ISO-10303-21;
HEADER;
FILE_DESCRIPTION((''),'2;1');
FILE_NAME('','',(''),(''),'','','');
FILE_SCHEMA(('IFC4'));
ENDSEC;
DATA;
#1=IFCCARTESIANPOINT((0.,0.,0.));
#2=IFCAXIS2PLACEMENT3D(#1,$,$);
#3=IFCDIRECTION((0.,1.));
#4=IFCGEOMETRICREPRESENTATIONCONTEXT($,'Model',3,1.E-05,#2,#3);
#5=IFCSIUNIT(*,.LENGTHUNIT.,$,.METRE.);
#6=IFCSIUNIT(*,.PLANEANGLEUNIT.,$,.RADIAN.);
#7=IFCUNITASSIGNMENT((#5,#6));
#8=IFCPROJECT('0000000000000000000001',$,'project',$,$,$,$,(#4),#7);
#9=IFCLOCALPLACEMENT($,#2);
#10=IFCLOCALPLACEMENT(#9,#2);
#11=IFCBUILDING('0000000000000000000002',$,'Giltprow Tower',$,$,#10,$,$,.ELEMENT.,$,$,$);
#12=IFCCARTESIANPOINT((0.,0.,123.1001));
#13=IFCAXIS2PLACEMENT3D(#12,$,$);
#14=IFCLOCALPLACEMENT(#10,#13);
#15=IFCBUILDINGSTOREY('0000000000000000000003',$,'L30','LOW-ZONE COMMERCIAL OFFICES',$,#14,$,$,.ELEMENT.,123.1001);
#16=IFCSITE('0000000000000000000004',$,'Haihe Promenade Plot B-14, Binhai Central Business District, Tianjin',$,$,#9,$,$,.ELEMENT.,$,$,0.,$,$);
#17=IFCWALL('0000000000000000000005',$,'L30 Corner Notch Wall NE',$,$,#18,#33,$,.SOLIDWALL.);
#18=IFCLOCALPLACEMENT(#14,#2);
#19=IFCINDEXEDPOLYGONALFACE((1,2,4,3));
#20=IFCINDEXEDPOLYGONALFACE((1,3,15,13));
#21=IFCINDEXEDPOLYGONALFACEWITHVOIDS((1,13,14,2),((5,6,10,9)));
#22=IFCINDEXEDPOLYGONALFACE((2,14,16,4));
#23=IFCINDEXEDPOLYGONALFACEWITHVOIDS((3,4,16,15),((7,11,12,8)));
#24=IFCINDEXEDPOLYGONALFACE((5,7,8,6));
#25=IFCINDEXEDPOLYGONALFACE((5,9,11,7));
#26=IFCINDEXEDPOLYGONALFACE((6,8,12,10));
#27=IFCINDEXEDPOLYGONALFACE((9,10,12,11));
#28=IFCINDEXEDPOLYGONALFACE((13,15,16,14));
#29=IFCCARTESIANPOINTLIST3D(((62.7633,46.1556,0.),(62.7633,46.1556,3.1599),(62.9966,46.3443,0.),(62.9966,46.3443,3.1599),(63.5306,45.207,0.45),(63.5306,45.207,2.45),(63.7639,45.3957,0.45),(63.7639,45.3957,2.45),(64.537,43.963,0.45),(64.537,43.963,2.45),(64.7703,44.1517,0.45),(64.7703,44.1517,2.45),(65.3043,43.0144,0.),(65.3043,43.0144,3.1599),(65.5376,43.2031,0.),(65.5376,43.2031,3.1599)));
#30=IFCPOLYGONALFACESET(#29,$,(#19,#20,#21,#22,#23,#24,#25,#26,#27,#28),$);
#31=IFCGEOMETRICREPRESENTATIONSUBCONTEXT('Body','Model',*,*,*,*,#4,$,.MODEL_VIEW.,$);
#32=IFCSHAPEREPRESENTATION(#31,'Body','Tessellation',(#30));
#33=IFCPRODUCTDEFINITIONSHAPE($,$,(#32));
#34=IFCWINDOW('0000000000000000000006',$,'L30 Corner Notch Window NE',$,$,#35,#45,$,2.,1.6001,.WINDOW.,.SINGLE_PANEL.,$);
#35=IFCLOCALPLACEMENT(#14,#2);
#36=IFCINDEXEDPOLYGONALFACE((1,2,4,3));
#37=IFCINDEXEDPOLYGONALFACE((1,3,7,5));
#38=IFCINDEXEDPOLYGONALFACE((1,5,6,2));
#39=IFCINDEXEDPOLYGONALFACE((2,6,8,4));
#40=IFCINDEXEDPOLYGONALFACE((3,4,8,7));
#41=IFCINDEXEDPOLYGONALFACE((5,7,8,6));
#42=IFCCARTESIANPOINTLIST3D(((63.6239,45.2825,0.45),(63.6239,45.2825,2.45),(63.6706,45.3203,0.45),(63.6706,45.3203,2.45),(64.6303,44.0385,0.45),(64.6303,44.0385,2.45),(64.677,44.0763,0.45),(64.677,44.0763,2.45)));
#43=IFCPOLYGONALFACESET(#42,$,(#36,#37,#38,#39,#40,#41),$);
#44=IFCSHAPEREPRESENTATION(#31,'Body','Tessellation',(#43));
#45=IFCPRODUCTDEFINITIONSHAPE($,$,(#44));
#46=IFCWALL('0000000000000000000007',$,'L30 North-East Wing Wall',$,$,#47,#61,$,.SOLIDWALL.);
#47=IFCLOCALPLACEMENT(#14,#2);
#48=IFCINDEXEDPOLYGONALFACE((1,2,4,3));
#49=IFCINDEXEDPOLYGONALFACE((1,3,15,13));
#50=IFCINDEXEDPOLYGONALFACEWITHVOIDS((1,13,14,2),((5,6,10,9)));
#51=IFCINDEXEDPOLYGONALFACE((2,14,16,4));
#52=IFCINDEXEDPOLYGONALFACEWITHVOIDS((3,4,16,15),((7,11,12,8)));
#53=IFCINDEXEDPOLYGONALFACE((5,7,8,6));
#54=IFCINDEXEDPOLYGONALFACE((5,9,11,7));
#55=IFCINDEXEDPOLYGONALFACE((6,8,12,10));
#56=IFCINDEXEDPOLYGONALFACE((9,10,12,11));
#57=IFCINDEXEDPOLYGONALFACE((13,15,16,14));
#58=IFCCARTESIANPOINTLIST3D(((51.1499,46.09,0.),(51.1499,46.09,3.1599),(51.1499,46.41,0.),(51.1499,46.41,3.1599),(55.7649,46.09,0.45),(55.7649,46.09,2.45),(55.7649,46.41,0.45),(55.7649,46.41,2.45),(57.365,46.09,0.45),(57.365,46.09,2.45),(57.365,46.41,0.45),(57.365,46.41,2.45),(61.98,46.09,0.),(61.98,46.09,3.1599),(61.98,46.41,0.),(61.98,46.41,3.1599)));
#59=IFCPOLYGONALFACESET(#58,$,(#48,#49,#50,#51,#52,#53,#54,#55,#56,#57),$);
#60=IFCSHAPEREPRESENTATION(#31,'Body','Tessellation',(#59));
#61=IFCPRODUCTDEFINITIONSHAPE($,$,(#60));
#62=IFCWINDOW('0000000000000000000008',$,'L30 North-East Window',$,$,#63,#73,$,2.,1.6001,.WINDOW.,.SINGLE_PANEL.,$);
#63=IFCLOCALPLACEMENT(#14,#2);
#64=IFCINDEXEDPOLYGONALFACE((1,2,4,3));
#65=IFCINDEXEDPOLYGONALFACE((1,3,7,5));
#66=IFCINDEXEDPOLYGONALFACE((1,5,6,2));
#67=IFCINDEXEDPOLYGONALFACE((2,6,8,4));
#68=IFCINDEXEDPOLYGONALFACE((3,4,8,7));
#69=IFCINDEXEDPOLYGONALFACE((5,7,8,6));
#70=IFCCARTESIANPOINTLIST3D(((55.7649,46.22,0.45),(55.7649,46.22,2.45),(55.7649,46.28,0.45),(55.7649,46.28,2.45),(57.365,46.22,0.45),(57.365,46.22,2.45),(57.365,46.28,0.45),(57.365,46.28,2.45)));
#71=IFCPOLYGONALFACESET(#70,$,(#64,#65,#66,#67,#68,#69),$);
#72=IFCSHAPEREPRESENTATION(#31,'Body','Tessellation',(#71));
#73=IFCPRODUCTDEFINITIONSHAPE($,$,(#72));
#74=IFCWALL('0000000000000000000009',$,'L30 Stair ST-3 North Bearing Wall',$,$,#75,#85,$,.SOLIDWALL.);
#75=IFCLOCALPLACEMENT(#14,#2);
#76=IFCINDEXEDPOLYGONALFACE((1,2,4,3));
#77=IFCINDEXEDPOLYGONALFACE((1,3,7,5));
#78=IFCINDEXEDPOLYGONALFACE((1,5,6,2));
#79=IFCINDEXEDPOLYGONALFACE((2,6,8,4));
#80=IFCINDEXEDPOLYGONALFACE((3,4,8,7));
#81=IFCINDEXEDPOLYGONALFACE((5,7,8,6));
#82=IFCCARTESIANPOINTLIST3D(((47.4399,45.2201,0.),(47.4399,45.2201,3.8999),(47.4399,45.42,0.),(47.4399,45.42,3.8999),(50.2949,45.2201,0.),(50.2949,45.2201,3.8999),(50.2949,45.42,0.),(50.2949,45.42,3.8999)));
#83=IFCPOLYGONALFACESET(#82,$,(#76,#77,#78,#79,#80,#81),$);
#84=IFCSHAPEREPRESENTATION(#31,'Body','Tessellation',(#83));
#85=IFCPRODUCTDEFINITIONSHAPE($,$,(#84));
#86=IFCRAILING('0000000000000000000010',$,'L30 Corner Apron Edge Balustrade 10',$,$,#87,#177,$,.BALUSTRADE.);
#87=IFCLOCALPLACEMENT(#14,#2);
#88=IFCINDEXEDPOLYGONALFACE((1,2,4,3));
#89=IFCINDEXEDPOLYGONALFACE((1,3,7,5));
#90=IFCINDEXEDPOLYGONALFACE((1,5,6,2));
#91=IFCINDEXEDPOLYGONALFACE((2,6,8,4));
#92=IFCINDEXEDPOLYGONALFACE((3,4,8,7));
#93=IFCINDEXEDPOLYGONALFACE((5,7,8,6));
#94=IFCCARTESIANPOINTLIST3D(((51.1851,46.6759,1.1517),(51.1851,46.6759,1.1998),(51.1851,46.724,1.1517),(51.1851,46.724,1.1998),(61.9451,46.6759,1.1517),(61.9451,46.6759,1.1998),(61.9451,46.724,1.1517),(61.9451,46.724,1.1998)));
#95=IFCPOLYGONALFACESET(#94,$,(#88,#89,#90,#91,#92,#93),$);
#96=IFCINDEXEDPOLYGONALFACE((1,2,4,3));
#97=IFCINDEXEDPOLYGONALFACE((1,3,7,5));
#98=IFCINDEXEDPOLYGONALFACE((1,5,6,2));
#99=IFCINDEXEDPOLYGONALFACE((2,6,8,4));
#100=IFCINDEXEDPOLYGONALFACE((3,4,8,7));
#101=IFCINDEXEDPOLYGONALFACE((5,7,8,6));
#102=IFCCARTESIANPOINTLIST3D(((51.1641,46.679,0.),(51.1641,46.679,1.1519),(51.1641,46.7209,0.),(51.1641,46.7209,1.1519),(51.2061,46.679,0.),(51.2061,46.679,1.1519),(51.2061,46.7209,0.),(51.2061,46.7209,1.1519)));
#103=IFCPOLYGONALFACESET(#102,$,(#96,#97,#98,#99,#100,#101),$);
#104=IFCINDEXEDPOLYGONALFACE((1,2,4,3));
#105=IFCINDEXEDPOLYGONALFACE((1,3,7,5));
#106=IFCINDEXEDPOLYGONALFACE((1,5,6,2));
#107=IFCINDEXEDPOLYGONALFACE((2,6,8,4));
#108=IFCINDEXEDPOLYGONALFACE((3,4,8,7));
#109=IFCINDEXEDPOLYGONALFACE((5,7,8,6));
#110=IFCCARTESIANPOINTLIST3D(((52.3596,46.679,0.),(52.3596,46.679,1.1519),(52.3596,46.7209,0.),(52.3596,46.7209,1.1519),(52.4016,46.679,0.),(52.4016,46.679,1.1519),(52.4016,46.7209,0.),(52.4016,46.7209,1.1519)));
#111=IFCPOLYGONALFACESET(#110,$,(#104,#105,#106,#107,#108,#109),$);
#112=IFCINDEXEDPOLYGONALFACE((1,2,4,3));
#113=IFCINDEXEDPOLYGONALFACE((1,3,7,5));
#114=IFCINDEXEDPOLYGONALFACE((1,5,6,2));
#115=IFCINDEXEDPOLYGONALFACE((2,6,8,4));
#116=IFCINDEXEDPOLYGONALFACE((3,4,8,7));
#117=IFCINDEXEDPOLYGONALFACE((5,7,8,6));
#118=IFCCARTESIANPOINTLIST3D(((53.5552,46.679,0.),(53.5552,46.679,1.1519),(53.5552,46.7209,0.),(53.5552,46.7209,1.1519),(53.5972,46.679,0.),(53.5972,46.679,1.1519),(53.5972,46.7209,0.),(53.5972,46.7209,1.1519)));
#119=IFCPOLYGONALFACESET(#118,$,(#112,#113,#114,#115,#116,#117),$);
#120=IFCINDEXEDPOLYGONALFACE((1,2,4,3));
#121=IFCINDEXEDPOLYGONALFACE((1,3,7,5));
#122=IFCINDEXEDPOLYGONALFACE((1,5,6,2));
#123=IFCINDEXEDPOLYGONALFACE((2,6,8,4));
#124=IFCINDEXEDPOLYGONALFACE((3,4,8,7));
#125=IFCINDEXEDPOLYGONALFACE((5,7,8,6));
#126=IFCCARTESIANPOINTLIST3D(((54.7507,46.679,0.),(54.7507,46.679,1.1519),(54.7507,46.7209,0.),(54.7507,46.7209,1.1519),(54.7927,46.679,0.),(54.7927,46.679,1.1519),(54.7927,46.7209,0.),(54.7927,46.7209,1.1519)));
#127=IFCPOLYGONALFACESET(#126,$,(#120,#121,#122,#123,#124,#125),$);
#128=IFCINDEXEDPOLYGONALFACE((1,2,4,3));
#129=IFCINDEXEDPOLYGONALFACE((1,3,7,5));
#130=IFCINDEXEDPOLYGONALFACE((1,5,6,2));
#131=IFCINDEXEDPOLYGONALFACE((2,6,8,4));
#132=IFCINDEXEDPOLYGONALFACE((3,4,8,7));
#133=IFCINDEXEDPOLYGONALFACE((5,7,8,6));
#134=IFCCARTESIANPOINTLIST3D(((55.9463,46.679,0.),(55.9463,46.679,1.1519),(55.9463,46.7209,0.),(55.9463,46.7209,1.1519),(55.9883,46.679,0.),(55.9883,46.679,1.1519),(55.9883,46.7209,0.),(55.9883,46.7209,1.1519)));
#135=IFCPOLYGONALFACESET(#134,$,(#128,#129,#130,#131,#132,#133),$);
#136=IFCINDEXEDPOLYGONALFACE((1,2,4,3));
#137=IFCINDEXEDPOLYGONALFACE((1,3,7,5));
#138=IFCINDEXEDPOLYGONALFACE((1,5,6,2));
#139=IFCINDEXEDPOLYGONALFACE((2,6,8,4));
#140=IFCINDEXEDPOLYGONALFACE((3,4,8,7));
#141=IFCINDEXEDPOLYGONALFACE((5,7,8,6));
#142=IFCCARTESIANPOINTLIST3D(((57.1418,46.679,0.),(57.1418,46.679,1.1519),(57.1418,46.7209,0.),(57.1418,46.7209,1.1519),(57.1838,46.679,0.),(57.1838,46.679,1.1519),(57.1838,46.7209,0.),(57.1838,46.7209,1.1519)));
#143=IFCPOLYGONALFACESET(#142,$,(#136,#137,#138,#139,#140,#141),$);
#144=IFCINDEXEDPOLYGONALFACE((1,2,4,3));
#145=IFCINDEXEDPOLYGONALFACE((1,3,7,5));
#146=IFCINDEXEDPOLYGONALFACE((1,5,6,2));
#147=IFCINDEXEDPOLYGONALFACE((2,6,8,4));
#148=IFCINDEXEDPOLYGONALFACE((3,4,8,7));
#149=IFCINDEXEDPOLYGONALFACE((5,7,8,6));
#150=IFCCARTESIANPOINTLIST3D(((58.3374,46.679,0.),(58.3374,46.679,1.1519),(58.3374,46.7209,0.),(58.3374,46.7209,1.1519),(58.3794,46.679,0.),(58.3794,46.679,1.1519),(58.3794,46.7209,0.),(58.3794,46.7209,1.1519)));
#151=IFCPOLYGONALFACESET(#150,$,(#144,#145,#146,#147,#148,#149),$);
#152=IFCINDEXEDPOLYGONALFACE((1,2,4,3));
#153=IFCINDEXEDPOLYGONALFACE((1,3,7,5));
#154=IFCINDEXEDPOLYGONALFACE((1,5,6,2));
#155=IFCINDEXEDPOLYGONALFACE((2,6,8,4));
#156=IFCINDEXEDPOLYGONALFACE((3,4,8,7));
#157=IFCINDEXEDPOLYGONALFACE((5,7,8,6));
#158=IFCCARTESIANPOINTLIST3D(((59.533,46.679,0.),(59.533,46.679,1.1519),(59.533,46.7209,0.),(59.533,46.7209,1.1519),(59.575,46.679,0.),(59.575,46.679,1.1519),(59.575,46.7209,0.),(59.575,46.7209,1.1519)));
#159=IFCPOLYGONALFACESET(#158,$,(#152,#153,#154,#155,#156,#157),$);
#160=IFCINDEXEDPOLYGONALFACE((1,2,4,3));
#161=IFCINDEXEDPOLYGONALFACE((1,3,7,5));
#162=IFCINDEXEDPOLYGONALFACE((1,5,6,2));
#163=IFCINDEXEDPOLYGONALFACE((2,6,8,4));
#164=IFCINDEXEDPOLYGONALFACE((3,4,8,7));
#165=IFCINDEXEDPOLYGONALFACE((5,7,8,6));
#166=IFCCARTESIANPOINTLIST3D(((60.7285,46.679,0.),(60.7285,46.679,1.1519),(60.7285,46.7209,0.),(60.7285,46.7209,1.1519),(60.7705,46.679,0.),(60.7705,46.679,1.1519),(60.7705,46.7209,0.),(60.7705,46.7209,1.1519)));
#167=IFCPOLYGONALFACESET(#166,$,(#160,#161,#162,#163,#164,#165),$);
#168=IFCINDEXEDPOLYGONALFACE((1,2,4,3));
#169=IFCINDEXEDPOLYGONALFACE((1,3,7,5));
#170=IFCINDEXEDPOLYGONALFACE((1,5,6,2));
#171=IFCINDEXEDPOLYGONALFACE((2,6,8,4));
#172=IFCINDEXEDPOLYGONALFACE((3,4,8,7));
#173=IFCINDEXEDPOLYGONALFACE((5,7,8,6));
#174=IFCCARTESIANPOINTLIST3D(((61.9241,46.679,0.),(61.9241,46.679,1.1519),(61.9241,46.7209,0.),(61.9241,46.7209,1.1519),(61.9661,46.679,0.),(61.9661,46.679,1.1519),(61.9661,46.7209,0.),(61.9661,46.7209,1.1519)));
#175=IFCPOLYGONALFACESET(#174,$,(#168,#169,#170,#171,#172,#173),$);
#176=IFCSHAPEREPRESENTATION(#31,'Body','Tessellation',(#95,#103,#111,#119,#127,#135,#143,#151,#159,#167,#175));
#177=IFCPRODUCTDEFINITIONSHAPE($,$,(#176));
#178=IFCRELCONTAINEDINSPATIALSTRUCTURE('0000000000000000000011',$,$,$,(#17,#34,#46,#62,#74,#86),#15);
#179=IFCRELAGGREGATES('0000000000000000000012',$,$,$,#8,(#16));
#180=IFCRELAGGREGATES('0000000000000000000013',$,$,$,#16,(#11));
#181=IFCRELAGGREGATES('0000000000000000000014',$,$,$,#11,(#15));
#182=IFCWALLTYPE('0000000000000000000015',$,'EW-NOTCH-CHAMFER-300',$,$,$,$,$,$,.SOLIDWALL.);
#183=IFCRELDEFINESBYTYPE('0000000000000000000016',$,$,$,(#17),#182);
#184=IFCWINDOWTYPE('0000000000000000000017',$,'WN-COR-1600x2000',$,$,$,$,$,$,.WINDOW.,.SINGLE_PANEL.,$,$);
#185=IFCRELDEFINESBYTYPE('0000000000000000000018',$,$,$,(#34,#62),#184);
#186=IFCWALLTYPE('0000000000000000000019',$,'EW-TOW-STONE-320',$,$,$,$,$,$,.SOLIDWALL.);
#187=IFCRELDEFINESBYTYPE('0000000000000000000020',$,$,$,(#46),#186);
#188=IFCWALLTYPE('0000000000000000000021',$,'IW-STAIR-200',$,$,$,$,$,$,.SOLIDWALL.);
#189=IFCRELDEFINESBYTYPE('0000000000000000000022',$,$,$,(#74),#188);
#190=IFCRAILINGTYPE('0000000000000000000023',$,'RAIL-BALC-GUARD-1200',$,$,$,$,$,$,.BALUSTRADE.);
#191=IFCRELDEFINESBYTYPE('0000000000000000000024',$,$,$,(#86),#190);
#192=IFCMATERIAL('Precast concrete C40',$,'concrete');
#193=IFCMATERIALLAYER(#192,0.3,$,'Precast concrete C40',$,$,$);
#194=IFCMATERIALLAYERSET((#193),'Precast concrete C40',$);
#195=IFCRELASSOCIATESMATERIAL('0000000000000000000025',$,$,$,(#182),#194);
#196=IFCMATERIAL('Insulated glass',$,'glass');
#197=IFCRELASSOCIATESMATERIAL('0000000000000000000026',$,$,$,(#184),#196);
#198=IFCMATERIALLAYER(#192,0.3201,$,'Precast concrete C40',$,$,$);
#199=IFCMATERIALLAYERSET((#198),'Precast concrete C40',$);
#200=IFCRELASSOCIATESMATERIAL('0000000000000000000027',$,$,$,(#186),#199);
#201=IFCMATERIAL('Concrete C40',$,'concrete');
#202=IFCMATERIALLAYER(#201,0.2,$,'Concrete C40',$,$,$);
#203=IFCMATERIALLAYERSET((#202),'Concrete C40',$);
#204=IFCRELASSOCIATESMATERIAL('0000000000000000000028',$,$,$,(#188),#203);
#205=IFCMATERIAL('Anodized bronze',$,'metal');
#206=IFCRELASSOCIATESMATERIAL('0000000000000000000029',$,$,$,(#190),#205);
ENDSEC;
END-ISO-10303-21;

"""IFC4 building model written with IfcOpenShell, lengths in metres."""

from ifc_helpers import new_model, si_unit, direction, frame, frame_2d, origin, origin_2d, place, context, subcontext, project, spatial, rectangle, extrude, source, transform, mapped, material, layer, layer_set, type_object, element, fill, save


model = new_model("IFC4")

# Units and contexts
model_context = context("Model", 3, precision=1e-05, world=origin(), true_north=direction((0.0, 1.0)))
body_context = subcontext(model_context, "Body", "Model", "MODEL_VIEW")
ifc_project = project(units=[si_unit("LENGTHUNIT", "METRE"), si_unit("PLANEANGLEUNIT", "RADIAN")], contexts=[model_context])

# Site, building, storey
site_placement = place(None, origin())
site = spatial("IfcSite", under=ifc_project, at=site_placement, Name="Haihe Promenade Plot B-14, Binhai Central Business District, Tianjin", CompositionType="ELEMENT", RefElevation=0.0)
building_placement = place(site_placement, origin())
building = spatial("IfcBuilding", under=site, at=building_placement, Name="Giltprow Tower", CompositionType="ELEMENT")
storey_placement = place(building_placement, frame((0.0, 0.0, 123.1001)))
storey = spatial("IfcBuildingStorey", under=building, at=storey_placement, Name="L30", Description="LOW-ZONE COMMERCIAL OFFICES", CompositionType="ELEMENT", Elevation=123.1001)

# Walls, openings, windows
ifc_material_1 = material(Name="Precast concrete C40", Category="concrete")
ifc_layer_1 = layer(ifc_material_1, 0.3, Name="Precast concrete C40")
ifc_layer_set_1 = layer_set([ifc_layer_1], Name="Precast concrete C40")
wall_type_1 = type_object("IfcWallType", Name="EW-NOTCH-CHAMFER-300", PredefinedType="SOLIDWALL", material=ifc_layer_set_1)
wall_1_placement = place(storey_placement, frame((65.4209, 43.1089, 0.0), z_axis=(0.0, 0.0, 1.0), x_axis=(-0.62893, 0.777462, 0.0)))
wall_1 = element("IfcWall", 1, at=wall_1_placement, inside=storey, type_object=wall_type_1, Name="L30 Corner Notch Wall NE", PredefinedType="SOLIDWALL", context=body_context, shape_type="SweptSolid", body=[
    extrude(rectangle(XDim=4.0403, YDim=0.3, at=frame_2d((2.02, 0.0))), origin(), (0.0, 0.0, 1.0), 3.1599),
])
opening_1_placement = place(wall_1_placement, frame((1.22, 0.0, 0.45)))
opening_1 = element("IfcOpeningElement", 2, at=opening_1_placement, cuts=wall_1, PredefinedType="OPENING", context=body_context, shape_type="SweptSolid", body=[
    extrude(rectangle(XDim=1.6001, YDim=2.0, at=frame_2d((0.8, 1.0))), frame((0.0, 0.1599, 0.0), z_axis=(0.0, -1.0, 0.0), x_axis=(1.0, 0.0, 0.0)), (0.0, 0.0, 1.0), 0.3201),
])
ifc_material_2 = material(Name="Insulated glass", Category="glass")
window_type = type_object("IfcWindowType", Name="WN-COR-1600x2000", PartitioningType="SINGLE_PANEL", PredefinedType="WINDOW", material=ifc_material_2)
shared_shape_1 = source(origin(), body_context, "Body", "SweptSolid", [
    extrude(rectangle(XDim=1.6001, YDim=2.0, at=frame_2d((0.8, 1.0))), frame((0.0, 0.03, 0.0), z_axis=(0.0, -1.0, 0.0), x_axis=(1.0, 0.0, 0.0)), (0.0, 0.0, 1.0), 0.0601),
])
window_1_placement = place(opening_1_placement, origin())
window_1 = element("IfcWindow", 3, at=window_1_placement, inside=storey, type_object=window_type, Name="L30 Corner Notch Window NE", OverallHeight=2.0, OverallWidth=1.6001, PartitioningType="SINGLE_PANEL", PredefinedType="WINDOW", context=body_context, shape_type="MappedRepresentation", body=[
    mapped(shared_shape_1, transform((0.0, 0.0, 0.0), x_axis=(1.0, 0.0, 0.0), y_axis=(0.0, 1.0, 0.0), z_axis=(0.0, 0.0, 1.0), scale=1.0)),
])
fill(opening_1, window_1)
ifc_layer_2 = layer(ifc_material_1, 0.3201, Name="Precast concrete C40")
ifc_layer_set_2 = layer_set([ifc_layer_2], Name="Precast concrete C40")
wall_type_2 = type_object("IfcWallType", Name="EW-TOW-STONE-320", PredefinedType="SOLIDWALL", material=ifc_layer_set_2)
wall_2_placement = place(storey_placement, frame((51.1499, 46.25, 0.0), z_axis=(0.0, 0.0, 1.0), x_axis=(1.0, 0.0, 0.0)))
wall_2 = element("IfcWall", 4, at=wall_2_placement, inside=storey, type_object=wall_type_2, Name="L30 North-East Wing Wall", PredefinedType="SOLIDWALL", context=body_context, shape_type="SweptSolid", body=[
    extrude(rectangle(XDim=10.8301, YDim=0.3201, at=frame_2d((5.415, 0.0))), origin(), (0.0, 0.0, 1.0), 3.1599),
])
opening_2_placement = place(wall_2_placement, frame((4.615, 0.0, 0.45)))
opening_2 = element("IfcOpeningElement", 5, at=opening_2_placement, cuts=wall_2, PredefinedType="OPENING", context=body_context, shape_type="SweptSolid", body=[
    extrude(rectangle(XDim=1.6001, YDim=2.0, at=frame_2d((0.8, 1.0))), frame((0.0, 0.1699, 0.0), z_axis=(0.0, -1.0, 0.0), x_axis=(1.0, 0.0, 0.0)), (0.0, 0.0, 1.0), 0.3401),
])
window_2_placement = place(opening_2_placement, origin())
window_2 = element("IfcWindow", 6, at=window_2_placement, inside=storey, type_object=window_type, Name="L30 North-East Window", OverallHeight=2.0, OverallWidth=1.6001, PartitioningType="SINGLE_PANEL", PredefinedType="WINDOW", context=body_context, shape_type="MappedRepresentation", body=[
    mapped(shared_shape_1, transform((0.0, 0.0, 0.0), x_axis=(1.0, 0.0, 0.0), y_axis=(0.0, 1.0, 0.0), z_axis=(0.0, 0.0, 1.0), scale=1.0)),
])
fill(opening_2, window_2)

# Wall
ifc_material_3 = material(Name="Concrete C40", Category="concrete")
ifc_layer_3 = layer(ifc_material_3, 0.2, Name="Concrete C40")
ifc_layer_set_3 = layer_set([ifc_layer_3], Name="Concrete C40")
wall_type_3 = type_object("IfcWallType", Name="IW-STAIR-200", PredefinedType="SOLIDWALL", material=ifc_layer_set_3)
wall_3_placement = place(storey_placement, frame((47.4399, 45.3201, 0.0), z_axis=(0.0, 0.0, 1.0), x_axis=(1.0, 0.0, 0.0)))
element("IfcWall", 7, at=wall_3_placement, inside=storey, type_object=wall_type_3, Name="L30 Stair ST-3 North Bearing Wall", PredefinedType="SOLIDWALL", context=body_context, shape_type="SweptSolid", body=[
    extrude(rectangle(XDim=2.855, YDim=0.2, at=frame_2d((1.4275, 0.0))), origin(), (0.0, 0.0, 1.0), 3.8999),
])

# Railing
ifc_material_4 = material(Name="Anodized bronze", Category="metal")
railing_type_1 = type_object("IfcRailingType", Name="RAIL-BALC-GUARD-1200", PredefinedType="BALUSTRADE", material=ifc_material_4)
railing_1_placement = place(storey_placement, frame((51.1851, 46.7, 0.0)))
element("IfcRailing", 8, at=railing_1_placement, inside=storey, type_object=railing_type_1, Name="L30 Corner Apron Edge Balustrade 10", PredefinedType="BALUSTRADE", context=body_context, shape_type="SweptSolid", body=[
    extrude(rectangle(XDim=0.0481, YDim=0.0481, at=origin_2d()), frame((0.0, 0.0, 1.1758), z_axis=(1.0, 0.0, 0.0), x_axis=(0.0, 1.0, 0.0)), (0.0, 0.0, 1.0), 10.76),
    extrude(rectangle(XDim=0.042, YDim=0.042, at=origin_2d()), origin(), (0.0, 0.0, 1.0), 1.1519),
    extrude(rectangle(XDim=0.042, YDim=0.042, at=origin_2d()), frame((1.1956, 0.0, 0.0)), (0.0, 0.0, 1.0), 1.1519),
    extrude(rectangle(XDim=0.042, YDim=0.042, at=origin_2d()), frame((2.3911, 0.0, 0.0)), (0.0, 0.0, 1.0), 1.1519),
    extrude(rectangle(XDim=0.042, YDim=0.042, at=origin_2d()), frame((3.5867, 0.0, 0.0)), (0.0, 0.0, 1.0), 1.1519),
    extrude(rectangle(XDim=0.042, YDim=0.042, at=origin_2d()), frame((4.7822, 0.0, 0.0)), (0.0, 0.0, 1.0), 1.1519),
    extrude(rectangle(XDim=0.042, YDim=0.042, at=origin_2d()), frame((5.9778, 0.0, 0.0)), (0.0, 0.0, 1.0), 1.1519),
    extrude(rectangle(XDim=0.042, YDim=0.042, at=origin_2d()), frame((7.1733, 0.0, 0.0)), (0.0, 0.0, 1.0), 1.1519),
    extrude(rectangle(XDim=0.042, YDim=0.042, at=origin_2d()), frame((8.3689, 0.0, 0.0)), (0.0, 0.0, 1.0), 1.1519),
    extrude(rectangle(XDim=0.042, YDim=0.042, at=origin_2d()), frame((9.5645, 0.0, 0.0)), (0.0, 0.0, 1.0), 1.1519),
    extrude(rectangle(XDim=0.042, YDim=0.042, at=origin_2d()), frame((10.76, 0.0, 0.0)), (0.0, 0.0, 1.0), 1.1519),
])

save(model, "model.ifc")
